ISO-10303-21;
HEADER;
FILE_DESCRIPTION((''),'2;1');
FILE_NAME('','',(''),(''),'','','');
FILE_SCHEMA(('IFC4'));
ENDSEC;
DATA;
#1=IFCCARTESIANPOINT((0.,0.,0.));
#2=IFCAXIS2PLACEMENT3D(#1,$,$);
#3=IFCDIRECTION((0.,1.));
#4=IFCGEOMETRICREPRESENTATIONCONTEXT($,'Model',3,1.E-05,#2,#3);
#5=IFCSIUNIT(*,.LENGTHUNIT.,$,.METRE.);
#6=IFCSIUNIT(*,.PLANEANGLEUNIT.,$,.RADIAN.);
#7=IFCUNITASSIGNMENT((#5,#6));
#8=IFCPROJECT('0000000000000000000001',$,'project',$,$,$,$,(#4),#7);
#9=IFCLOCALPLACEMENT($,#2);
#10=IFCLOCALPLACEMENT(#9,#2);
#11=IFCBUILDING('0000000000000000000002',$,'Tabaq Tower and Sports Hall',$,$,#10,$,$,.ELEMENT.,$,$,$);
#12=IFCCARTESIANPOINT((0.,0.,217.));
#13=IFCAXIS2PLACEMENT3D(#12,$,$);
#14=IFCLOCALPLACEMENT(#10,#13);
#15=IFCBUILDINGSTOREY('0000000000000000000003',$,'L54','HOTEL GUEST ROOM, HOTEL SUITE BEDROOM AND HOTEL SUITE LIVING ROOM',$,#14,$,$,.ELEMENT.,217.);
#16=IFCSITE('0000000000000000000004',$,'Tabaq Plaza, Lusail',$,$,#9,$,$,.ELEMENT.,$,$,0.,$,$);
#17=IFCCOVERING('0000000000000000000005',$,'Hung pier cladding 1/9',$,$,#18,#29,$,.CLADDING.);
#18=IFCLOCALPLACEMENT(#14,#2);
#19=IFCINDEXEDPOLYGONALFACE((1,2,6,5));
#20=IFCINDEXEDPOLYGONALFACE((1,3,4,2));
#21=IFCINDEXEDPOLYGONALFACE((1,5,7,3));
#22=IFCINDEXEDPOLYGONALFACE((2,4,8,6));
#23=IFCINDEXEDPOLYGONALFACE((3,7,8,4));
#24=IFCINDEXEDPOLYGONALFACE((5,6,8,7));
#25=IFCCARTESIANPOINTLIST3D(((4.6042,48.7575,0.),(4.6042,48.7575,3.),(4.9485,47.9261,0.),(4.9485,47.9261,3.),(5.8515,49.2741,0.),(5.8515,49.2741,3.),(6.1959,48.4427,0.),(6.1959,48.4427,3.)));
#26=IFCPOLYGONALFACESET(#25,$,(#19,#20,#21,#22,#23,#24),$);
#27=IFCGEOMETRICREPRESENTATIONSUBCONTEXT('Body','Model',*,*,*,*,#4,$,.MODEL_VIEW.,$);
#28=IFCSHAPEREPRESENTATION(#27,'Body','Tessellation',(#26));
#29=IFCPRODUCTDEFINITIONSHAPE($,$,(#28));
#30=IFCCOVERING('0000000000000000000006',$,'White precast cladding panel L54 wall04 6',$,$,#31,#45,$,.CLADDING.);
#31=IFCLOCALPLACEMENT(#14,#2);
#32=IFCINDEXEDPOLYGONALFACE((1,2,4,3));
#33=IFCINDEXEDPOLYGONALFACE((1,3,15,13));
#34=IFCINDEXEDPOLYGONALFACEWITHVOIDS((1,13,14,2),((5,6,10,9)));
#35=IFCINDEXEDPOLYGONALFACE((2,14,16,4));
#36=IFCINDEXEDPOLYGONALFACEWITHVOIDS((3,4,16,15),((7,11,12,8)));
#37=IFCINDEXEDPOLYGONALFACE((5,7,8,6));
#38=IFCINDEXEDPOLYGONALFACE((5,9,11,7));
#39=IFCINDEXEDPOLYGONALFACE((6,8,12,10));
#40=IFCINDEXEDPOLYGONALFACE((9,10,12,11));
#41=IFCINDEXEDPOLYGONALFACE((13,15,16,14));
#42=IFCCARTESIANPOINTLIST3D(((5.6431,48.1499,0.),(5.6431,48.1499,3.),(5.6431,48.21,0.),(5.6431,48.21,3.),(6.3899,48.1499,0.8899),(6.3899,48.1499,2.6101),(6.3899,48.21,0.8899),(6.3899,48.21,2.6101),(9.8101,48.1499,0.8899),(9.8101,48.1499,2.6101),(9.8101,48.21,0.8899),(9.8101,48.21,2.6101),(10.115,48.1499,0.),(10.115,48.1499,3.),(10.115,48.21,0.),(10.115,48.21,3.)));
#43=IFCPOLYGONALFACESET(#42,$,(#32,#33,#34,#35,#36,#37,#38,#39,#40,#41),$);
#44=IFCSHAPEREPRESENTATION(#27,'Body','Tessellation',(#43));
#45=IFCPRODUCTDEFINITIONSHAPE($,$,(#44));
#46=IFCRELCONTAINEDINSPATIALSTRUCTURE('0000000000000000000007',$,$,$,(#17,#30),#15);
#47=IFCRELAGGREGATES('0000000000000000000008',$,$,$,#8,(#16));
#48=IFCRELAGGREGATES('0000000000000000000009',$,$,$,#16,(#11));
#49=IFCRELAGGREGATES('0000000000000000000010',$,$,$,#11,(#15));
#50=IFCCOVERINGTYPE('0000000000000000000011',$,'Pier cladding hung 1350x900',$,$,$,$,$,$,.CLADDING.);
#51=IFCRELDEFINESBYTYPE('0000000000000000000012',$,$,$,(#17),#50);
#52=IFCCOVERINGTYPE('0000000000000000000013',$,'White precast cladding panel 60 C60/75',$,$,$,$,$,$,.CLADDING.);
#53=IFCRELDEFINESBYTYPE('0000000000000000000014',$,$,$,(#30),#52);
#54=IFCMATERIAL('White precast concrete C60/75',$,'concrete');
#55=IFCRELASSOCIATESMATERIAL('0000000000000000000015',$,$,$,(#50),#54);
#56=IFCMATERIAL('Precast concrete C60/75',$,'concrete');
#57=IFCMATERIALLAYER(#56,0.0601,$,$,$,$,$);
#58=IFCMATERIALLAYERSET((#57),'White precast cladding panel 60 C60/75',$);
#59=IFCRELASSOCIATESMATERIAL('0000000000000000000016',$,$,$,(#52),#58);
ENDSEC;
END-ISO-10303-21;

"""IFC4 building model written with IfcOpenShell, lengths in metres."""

from ifc_helpers import new_model, si_unit, direction, frame, frame_2d, origin, place, context, subcontext, project, spatial, polyline, rectangle, outline, extrude, material, layer, layer_set, type_object, element, save


model = new_model("IFC4")

# Units and contexts
model_context = context("Model", 3, precision=1e-05, world=origin(), true_north=direction((0.0, 1.0)))
body_context = subcontext(model_context, "Body", "Model", "MODEL_VIEW")
ifc_project = project(units=[si_unit("LENGTHUNIT", "METRE"), si_unit("PLANEANGLEUNIT", "RADIAN")], contexts=[model_context])

# Site, building, storey
site_placement = place(None, origin())
site = spatial("IfcSite", under=ifc_project, at=site_placement, Name="Tabaq Plaza, Lusail", CompositionType="ELEMENT", RefElevation=0.0)
building_placement = place(site_placement, origin())
building = spatial("IfcBuilding", under=site, at=building_placement, Name="Tabaq Tower and Sports Hall", CompositionType="ELEMENT")
storey_placement = place(building_placement, frame((0.0, 0.0, 217.0)))
storey = spatial("IfcBuildingStorey", under=building, at=storey_placement, Name="L54", Description="HOTEL GUEST ROOM, HOTEL SUITE BEDROOM AND HOTEL SUITE LIVING ROOM", CompositionType="ELEMENT", Elevation=217.0)

# Coverings
ifc_material_1 = material(Name="White precast concrete C60/75", Category="concrete")
covering_type_1 = type_object("IfcCoveringType", Name="Pier cladding hung 1350x900", PredefinedType="CLADDING", material=ifc_material_1)
covering_1_placement = place(storey_placement, frame((6.0237, 48.8584, 0.0), z_axis=(0.0, 0.0, 1.0), x_axis=(-0.923893, -0.38265, 0.0)))
element("IfcCovering", 1, at=covering_1_placement, inside=storey, type_object=covering_type_1, Name="Hung pier cladding 1/9", PredefinedType="CLADDING", context=body_context, shape_type="SweptSolid", body=[
    extrude(rectangle(XDim=1.3501, YDim=0.8999, at=frame_2d((0.675, 0.0))), origin(), (0.0, 0.0, 1.0), 3.0),
])
ifc_material_2 = material(Name="Precast concrete C60/75", Category="concrete")
ifc_layer_1 = layer(ifc_material_2, 0.0601)
ifc_layer_set_1 = layer_set([ifc_layer_1], Name="White precast cladding panel 60 C60/75")
covering_type_2 = type_object("IfcCoveringType", Name="White precast cladding panel 60 C60/75", PredefinedType="CLADDING", material=ifc_layer_set_1)
covering_2_placement = place(storey_placement, frame((10.115, 48.1799, 0.0), z_axis=(0.0, 0.0, 1.0), x_axis=(-1.0, 0.0, 0.0)))
element("IfcCovering", 2, at=covering_2_placement, inside=storey, type_object=covering_type_2, Name="White precast cladding panel L54 wall04 6", PredefinedType="CLADDING", context=body_context, shape_type="SweptSolid", body=[
    extrude(outline(polyline([(0.0, 0.0), (4.4719, 0.0), (4.4719, 3.0), (0.0, 3.0), (0.0, 0.0)]), holes=[polyline([(0.3049, 0.8899), (0.3049, 2.6101), (3.7251, 2.6101), (3.7251, 0.8899), (0.3049, 0.8899)])]), frame((0.0, 0.03, 0.0), z_axis=(0.0, -1.0, 0.0), x_axis=(1.0, 0.0, 0.0)), (0.0, 0.0, 1.0), 0.0601),
])

save(model, "model.ifc")
